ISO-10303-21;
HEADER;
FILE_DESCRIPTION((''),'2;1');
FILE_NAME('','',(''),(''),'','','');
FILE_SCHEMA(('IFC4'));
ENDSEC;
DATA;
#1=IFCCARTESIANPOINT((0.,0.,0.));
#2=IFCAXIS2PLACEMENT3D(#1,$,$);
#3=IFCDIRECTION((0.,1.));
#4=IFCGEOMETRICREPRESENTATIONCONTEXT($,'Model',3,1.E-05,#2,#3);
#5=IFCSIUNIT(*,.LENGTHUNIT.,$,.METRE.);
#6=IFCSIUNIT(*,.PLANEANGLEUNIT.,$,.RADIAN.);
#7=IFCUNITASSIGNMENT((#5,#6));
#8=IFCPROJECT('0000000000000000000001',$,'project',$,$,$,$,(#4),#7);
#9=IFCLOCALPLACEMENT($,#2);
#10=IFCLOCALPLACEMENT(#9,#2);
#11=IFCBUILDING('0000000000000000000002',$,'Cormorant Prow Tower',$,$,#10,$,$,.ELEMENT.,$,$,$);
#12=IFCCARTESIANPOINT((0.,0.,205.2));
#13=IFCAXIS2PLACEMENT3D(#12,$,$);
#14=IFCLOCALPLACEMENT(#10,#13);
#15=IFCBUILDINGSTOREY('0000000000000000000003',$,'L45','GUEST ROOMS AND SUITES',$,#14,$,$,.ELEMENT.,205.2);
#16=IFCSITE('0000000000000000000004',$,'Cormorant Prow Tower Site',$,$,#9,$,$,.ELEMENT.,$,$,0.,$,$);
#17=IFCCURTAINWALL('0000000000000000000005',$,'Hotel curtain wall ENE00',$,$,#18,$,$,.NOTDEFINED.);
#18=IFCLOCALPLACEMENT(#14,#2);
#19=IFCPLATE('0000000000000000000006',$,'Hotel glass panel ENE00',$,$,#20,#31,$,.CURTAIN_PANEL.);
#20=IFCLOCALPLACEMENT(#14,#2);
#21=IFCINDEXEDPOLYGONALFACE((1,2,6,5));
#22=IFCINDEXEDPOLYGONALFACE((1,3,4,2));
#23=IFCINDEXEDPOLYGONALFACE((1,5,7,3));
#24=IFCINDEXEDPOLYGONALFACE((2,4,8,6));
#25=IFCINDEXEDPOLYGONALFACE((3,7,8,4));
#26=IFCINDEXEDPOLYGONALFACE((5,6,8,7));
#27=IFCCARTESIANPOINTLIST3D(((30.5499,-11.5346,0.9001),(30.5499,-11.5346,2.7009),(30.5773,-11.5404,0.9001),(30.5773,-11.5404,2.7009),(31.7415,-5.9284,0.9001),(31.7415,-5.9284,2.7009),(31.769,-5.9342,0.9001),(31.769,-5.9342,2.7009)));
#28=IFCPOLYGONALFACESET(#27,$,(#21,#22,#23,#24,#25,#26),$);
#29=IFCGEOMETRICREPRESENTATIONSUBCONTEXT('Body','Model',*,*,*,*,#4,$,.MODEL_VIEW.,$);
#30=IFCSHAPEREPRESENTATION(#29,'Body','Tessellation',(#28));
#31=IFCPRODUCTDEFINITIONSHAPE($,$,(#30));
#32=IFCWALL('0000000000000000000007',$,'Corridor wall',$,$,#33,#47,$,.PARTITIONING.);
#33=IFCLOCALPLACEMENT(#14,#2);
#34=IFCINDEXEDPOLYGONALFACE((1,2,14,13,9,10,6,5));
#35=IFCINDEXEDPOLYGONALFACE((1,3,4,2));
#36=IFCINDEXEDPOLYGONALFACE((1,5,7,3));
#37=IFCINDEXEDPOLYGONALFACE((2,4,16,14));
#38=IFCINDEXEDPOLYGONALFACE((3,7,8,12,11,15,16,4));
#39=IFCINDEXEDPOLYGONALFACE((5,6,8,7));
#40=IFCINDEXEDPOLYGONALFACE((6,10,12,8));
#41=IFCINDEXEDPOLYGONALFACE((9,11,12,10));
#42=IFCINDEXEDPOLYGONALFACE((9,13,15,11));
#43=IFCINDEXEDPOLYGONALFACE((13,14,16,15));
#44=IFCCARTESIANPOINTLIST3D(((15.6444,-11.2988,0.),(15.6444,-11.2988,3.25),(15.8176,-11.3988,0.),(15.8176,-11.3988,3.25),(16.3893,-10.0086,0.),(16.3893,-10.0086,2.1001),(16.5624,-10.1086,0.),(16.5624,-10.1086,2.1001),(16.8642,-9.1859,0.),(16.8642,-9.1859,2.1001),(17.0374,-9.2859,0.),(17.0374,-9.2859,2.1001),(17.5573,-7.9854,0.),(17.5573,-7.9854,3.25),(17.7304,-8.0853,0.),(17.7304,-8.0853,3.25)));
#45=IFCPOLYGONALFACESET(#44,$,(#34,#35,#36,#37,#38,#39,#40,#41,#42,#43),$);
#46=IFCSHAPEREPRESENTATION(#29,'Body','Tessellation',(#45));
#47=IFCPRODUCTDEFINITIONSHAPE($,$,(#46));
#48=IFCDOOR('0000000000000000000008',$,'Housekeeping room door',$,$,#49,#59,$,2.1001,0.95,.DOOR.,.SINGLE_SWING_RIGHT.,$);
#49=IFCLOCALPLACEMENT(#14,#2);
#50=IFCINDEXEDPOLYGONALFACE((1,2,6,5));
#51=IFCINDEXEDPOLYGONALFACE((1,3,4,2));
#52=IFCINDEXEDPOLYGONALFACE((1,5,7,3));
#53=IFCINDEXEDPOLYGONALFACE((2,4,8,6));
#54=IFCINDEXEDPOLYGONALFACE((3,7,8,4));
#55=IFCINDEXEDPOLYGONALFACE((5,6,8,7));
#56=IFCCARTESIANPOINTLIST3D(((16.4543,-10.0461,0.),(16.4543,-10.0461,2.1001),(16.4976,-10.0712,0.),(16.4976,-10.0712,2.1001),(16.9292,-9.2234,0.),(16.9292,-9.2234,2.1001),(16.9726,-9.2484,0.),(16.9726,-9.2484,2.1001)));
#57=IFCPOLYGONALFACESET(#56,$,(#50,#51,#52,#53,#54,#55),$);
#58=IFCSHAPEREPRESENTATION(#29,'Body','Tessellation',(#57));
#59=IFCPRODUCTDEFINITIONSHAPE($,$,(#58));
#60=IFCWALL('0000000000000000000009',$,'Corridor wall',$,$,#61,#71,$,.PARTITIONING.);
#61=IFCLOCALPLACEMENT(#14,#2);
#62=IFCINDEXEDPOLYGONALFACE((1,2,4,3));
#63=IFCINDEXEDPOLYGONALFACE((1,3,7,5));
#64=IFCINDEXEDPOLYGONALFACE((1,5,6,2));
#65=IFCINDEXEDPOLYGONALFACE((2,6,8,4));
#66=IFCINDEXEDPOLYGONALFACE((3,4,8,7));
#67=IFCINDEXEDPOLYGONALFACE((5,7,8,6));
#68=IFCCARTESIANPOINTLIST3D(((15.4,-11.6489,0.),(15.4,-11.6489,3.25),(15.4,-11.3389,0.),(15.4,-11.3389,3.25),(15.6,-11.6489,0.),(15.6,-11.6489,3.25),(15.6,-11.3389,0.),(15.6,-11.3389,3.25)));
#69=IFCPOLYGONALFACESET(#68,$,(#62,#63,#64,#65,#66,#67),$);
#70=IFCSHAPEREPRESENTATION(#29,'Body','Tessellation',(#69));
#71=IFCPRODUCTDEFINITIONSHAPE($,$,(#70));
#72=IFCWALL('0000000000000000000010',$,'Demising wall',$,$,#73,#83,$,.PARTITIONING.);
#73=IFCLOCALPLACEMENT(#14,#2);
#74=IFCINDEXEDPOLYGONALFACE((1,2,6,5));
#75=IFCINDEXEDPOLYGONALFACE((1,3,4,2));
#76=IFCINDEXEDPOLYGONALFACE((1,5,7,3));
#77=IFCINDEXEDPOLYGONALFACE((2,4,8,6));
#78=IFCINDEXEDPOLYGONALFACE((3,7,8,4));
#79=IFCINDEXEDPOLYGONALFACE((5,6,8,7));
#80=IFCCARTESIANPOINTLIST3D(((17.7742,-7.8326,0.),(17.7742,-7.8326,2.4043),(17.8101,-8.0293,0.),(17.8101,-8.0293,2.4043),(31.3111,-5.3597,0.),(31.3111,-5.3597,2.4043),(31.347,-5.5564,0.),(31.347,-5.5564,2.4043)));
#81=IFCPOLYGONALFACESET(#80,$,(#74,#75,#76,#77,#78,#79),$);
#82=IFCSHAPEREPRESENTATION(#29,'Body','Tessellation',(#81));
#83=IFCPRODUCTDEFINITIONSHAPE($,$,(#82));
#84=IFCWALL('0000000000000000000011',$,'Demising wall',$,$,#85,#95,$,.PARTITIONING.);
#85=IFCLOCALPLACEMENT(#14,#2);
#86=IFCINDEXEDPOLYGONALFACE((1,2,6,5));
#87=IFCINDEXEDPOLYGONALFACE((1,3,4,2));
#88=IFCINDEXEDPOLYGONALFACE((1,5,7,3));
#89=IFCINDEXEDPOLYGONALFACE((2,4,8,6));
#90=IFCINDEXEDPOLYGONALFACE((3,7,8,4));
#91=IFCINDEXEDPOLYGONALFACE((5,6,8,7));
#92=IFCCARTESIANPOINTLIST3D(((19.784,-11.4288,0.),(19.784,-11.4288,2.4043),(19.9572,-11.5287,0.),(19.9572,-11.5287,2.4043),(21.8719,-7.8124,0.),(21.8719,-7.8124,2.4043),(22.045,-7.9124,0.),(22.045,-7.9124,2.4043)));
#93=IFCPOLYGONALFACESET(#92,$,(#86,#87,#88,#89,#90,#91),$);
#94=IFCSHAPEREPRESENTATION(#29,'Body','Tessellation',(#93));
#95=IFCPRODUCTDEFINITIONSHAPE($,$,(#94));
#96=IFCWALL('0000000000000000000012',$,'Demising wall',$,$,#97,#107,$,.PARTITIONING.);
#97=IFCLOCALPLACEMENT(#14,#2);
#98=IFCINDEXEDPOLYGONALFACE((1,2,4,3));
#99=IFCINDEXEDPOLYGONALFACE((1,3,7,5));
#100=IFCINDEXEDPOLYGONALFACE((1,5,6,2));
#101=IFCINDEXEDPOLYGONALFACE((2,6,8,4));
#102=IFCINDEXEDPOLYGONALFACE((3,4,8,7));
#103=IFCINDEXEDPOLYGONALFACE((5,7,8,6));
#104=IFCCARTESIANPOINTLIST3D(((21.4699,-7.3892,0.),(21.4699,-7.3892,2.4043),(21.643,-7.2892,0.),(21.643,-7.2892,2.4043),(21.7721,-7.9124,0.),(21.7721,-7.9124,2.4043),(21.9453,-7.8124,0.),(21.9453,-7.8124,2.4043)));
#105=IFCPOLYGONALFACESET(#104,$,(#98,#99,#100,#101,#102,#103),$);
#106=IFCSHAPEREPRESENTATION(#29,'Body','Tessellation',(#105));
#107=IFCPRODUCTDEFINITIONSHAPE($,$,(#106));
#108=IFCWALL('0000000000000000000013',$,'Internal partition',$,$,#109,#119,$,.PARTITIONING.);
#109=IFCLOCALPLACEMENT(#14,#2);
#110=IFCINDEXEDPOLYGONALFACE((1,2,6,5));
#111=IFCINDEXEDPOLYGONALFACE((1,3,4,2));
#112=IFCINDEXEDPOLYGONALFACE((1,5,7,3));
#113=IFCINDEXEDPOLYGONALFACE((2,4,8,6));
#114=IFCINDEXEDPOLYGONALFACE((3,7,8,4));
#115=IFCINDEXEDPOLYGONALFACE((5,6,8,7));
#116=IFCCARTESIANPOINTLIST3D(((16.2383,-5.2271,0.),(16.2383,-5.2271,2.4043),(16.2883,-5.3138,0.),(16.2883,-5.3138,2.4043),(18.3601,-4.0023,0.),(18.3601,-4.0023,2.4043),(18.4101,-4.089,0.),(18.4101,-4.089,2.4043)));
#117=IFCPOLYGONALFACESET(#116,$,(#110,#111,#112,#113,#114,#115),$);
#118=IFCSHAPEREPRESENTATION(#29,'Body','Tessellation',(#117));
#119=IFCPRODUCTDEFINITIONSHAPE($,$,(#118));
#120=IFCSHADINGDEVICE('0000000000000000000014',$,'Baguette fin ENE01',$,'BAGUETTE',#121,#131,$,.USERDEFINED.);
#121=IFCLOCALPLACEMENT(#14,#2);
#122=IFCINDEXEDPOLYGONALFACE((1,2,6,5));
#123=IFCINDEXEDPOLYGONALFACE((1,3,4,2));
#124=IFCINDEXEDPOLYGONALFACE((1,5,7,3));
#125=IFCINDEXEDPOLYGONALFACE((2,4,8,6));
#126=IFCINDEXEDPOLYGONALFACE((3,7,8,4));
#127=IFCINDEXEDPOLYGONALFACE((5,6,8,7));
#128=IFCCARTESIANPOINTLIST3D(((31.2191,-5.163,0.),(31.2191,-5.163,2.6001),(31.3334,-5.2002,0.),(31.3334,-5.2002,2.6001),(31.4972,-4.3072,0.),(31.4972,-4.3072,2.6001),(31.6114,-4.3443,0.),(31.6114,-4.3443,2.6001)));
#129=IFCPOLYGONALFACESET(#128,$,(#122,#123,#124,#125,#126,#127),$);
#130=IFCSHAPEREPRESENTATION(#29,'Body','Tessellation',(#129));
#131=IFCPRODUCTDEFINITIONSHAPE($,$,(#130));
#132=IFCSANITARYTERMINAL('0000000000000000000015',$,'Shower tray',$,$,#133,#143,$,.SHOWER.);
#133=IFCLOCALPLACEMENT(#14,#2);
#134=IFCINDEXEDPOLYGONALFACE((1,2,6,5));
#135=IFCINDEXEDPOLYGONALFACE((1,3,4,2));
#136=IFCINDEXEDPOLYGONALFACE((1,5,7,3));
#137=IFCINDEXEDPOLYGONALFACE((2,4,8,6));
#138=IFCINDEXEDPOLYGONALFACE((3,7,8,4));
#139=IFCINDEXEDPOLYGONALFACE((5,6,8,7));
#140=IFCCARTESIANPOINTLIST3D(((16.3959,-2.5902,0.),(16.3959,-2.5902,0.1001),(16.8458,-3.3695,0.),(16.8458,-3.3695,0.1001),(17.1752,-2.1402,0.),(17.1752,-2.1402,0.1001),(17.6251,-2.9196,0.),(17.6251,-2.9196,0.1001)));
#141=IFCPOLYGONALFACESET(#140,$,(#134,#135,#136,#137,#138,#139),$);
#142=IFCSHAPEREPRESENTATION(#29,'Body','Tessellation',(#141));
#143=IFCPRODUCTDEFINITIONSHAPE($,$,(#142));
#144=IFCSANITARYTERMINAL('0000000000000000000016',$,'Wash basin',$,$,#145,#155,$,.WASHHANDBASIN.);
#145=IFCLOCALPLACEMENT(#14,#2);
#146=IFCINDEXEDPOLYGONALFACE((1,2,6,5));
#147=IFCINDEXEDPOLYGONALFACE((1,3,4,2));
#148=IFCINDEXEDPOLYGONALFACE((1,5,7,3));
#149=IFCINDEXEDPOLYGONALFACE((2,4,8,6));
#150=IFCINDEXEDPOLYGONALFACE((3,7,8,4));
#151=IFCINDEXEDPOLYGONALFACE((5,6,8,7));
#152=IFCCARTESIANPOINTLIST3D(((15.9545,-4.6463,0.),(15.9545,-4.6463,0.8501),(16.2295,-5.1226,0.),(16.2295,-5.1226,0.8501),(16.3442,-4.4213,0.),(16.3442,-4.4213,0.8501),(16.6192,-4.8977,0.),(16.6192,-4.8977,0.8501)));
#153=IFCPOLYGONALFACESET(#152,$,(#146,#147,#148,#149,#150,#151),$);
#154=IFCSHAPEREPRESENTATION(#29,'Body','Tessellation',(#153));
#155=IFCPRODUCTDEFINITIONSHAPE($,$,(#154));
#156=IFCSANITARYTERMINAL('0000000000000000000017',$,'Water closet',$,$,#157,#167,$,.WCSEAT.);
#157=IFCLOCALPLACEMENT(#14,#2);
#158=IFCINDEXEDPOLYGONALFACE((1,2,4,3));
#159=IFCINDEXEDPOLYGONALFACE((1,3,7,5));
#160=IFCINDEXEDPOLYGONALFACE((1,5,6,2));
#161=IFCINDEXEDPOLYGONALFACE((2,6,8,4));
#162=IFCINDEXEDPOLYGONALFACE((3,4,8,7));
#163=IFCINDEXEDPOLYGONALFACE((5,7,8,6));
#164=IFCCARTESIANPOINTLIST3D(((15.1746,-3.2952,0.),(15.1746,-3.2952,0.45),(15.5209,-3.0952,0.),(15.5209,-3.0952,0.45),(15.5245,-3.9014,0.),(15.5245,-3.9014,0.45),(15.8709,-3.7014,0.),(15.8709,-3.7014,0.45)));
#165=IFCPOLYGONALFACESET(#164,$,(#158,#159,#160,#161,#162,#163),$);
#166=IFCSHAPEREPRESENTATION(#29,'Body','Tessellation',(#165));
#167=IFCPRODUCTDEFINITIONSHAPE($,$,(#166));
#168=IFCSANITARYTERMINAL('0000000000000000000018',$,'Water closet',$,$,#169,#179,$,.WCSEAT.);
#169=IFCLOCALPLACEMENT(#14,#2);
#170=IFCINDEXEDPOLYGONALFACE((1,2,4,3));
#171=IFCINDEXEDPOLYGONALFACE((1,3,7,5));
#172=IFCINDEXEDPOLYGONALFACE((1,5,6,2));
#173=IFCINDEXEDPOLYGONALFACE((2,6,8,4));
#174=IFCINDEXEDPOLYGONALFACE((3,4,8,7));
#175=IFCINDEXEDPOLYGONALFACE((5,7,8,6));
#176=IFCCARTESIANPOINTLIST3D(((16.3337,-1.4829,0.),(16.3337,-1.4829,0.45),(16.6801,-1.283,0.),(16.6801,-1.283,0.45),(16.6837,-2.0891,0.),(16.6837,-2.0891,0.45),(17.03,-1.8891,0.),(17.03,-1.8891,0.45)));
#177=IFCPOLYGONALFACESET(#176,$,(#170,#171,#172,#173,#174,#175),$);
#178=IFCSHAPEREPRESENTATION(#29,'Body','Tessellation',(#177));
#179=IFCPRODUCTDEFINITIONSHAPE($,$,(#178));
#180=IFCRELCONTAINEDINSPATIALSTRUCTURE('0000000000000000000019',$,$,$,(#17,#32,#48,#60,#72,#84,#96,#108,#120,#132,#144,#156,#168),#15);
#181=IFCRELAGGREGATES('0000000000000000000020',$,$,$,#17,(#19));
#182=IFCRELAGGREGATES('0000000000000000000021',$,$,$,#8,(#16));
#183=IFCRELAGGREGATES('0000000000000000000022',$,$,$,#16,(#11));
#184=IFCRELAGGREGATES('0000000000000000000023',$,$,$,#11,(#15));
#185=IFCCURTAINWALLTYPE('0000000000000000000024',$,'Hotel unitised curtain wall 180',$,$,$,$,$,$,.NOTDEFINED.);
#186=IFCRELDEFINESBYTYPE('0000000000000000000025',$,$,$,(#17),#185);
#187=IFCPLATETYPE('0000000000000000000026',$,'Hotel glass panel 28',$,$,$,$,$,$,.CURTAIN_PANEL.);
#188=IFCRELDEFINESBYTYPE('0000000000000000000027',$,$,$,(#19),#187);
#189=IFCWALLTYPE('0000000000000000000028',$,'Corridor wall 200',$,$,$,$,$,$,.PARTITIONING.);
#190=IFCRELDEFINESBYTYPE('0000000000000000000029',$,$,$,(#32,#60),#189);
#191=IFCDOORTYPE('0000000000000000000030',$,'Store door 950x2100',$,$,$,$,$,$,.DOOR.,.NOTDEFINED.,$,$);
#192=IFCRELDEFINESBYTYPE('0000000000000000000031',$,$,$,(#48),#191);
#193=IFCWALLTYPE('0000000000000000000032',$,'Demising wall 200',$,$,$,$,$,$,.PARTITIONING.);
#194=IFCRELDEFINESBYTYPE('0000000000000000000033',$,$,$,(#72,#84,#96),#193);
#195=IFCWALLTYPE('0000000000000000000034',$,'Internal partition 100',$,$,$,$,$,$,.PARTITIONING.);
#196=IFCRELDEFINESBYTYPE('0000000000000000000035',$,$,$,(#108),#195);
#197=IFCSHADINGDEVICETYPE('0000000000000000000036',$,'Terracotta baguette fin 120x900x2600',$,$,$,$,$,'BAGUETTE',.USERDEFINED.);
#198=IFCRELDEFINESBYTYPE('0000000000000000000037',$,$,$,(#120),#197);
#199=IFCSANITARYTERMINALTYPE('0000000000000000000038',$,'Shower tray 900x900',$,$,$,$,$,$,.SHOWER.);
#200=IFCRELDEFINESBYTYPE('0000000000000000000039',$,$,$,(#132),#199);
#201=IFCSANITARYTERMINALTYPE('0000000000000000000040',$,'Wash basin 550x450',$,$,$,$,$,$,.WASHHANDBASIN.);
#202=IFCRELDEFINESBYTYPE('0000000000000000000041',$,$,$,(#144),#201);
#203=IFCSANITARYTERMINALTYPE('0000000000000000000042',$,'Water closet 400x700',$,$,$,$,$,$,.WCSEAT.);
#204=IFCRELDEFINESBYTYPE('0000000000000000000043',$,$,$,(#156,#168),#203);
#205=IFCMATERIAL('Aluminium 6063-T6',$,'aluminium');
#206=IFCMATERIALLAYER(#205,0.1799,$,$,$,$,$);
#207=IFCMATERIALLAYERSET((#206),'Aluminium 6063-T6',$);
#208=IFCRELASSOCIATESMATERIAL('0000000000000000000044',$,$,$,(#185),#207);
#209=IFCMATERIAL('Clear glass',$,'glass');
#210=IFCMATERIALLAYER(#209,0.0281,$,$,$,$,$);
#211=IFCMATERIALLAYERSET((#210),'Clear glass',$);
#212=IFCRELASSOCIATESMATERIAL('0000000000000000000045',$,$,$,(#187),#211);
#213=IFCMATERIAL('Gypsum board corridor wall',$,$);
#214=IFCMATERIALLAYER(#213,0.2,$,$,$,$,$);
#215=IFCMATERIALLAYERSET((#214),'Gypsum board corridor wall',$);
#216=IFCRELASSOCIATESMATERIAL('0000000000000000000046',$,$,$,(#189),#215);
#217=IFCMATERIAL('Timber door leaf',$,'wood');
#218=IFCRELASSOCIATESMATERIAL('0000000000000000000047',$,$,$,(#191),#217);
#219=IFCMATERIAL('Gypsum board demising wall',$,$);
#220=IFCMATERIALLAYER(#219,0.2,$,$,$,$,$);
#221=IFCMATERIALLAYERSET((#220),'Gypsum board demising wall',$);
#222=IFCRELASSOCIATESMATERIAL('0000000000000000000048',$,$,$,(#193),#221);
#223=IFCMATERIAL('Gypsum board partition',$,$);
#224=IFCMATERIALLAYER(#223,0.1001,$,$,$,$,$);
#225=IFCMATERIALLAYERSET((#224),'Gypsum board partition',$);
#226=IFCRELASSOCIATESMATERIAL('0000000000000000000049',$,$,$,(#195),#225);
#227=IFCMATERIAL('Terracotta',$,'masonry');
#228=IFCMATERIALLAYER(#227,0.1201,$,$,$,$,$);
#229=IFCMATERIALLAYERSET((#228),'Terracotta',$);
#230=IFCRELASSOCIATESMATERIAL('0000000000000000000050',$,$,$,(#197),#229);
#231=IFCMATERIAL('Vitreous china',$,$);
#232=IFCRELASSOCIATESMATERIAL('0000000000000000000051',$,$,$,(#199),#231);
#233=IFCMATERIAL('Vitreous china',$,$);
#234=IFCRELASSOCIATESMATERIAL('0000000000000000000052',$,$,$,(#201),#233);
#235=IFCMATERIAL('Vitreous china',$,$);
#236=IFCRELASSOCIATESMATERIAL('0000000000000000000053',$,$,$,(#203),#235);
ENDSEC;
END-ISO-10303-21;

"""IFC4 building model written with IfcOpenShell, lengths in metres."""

from ifc_helpers import new_model, si_unit, direction, frame, frame_2d, origin, origin_2d, place, context, subcontext, project, spatial, rectangle, extrude, material, layer, layer_set, type_object, element, fill, aggregate, save


model = new_model("IFC4")

# Units and contexts
model_context = context("Model", 3, precision=1e-05, world=origin(), true_north=direction((0.0, 1.0)))
body_context = subcontext(model_context, "Body", "Model", "MODEL_VIEW")
ifc_project = project(units=[si_unit("LENGTHUNIT", "METRE"), si_unit("PLANEANGLEUNIT", "RADIAN")], contexts=[model_context])

# Site, building, storey
site_placement = place(None, origin())
site = spatial("IfcSite", under=ifc_project, at=site_placement, Name="Cormorant Prow Tower Site", CompositionType="ELEMENT", RefElevation=0.0)
building_placement = place(site_placement, origin())
building = spatial("IfcBuilding", under=site, at=building_placement, Name="Cormorant Prow Tower", CompositionType="ELEMENT")
storey_placement = place(building_placement, frame((0.0, 0.0, 205.2)))
storey = spatial("IfcBuildingStorey", under=building, at=storey_placement, Name="L45", Description="GUEST ROOMS AND SUITES", CompositionType="ELEMENT", Elevation=205.2)

# Curtain wall
ifc_material_1 = material(Name="Aluminium 6063-T6", Category="aluminium")
ifc_layer_1 = layer(ifc_material_1, 0.1799)
ifc_layer_set_1 = layer_set([ifc_layer_1], Name="Aluminium 6063-T6")
curtain_wall_type = type_object("IfcCurtainWallType", Name="Hotel unitised curtain wall 180", PredefinedType="NOTDEFINED", material=ifc_layer_set_1)
curtain_wall_1_placement = place(storey_placement, origin())
curtain_wall_1 = element("IfcCurtainWall", 1, at=curtain_wall_1_placement, inside=storey, type_object=curtain_wall_type, Name="Hotel curtain wall ENE00", PredefinedType="NOTDEFINED")

# Plate
ifc_material_2 = material(Name="Clear glass", Category="glass")
ifc_layer_2 = layer(ifc_material_2, 0.0281)
ifc_layer_set_2 = layer_set([ifc_layer_2], Name="Clear glass")
plate_type = type_object("IfcPlateType", Name="Hotel glass panel 28", PredefinedType="CURTAIN_PANEL", material=ifc_layer_set_2)
plate_placement = place(storey_placement, frame((31.1594, -8.7344, 0.9001), z_axis=(0.0, 0.0, 1.0), x_axis=(0.207912, 0.978148, 0.0)))
plate = element("IfcPlate", 2, at=plate_placement, type_object=plate_type, Name="Hotel glass panel ENE00", PredefinedType="CURTAIN_PANEL", context=body_context, shape_type="SweptSolid", body=[
    extrude(rectangle(XDim=5.7314, YDim=0.0281, at=origin_2d()), origin(), (0.0, 0.0, 1.0), 1.8008),
])
aggregate(curtain_wall_1, [plate])

# Wall, opening, door
ifc_material_3 = material(Name="Gypsum board corridor wall")
ifc_layer_3 = layer(ifc_material_3, 0.2)
ifc_layer_set_3 = layer_set([ifc_layer_3], Name="Gypsum board corridor wall")
wall_type_1 = type_object("IfcWallType", Name="Corridor wall 200", PredefinedType="PARTITIONING", material=ifc_layer_set_3)
wall_1_placement = place(storey_placement, frame((15.731, -11.3489, 0.0), z_axis=(0.0, 0.0, 1.0), x_axis=(0.499962, 0.866047, 0.0)))
wall_1 = element("IfcWall", 3, at=wall_1_placement, inside=storey, type_object=wall_type_1, Name="Corridor wall", PredefinedType="PARTITIONING", context=body_context, shape_type="SweptSolid", body=[
    extrude(rectangle(XDim=3.8259, YDim=0.2, at=frame_2d((1.9131, 0.0))), origin(), (0.0, 0.0, 1.0), 3.25),
])
opening_1_placement = place(wall_1_placement, frame((1.4897, 0.0, 0.0)))
opening_1 = element("IfcOpeningElement", 4, at=opening_1_placement, cuts=wall_1, PredefinedType="OPENING", context=body_context, shape_type="SweptSolid", body=[
    extrude(rectangle(XDim=0.95, YDim=2.1001, at=frame_2d((0.4751, 1.05))), frame((0.0, 0.1099, 0.0), z_axis=(0.0, -1.0, 0.0), x_axis=(1.0, 0.0, 0.0)), (0.0, 0.0, 1.0), 0.22),
])
ifc_material_4 = material(Name="Timber door leaf", Category="wood")
door_type_1 = type_object("IfcDoorType", Name="Store door 950x2100", OperationType="NOTDEFINED", PredefinedType="DOOR", material=ifc_material_4)
door_1_placement = place(opening_1_placement, origin())
door_1 = element("IfcDoor", 5, at=door_1_placement, inside=storey, type_object=door_type_1, Name="Housekeeping room door", OperationType="SINGLE_SWING_RIGHT", OverallHeight=2.1001, OverallWidth=0.95, PredefinedType="DOOR", context=body_context, shape_type="SweptSolid", body=[
    extrude(rectangle(XDim=0.95, YDim=2.1001, at=frame_2d((0.4751, 1.05))), frame((0.0, 0.0249, 0.0), z_axis=(0.0, -1.0, 0.0), x_axis=(1.0, 0.0, 0.0)), (0.0, 0.0, 1.0), 0.05),
])
fill(opening_1, door_1)

# Walls
wall_2_placement = place(storey_placement, frame((15.5, -11.6489, 0.0), z_axis=(0.0, 0.0, 1.0), x_axis=(0.0, 1.0, 0.0)))
element("IfcWall", 6, at=wall_2_placement, inside=storey, type_object=wall_type_1, Name="Corridor wall", PredefinedType="PARTITIONING", context=body_context, shape_type="SweptSolid", body=[
    extrude(rectangle(XDim=0.3101, YDim=0.2, at=frame_2d((0.155, 0.0))), origin(), (0.0, 0.0, 1.0), 3.25),
])
ifc_material_5 = material(Name="Gypsum board demising wall")
ifc_layer_4 = layer(ifc_material_5, 0.2)
ifc_layer_set_4 = layer_set([ifc_layer_4], Name="Gypsum board demising wall")
wall_type_2 = type_object("IfcWallType", Name="Demising wall 200", PredefinedType="PARTITIONING", material=ifc_layer_set_4)
wall_3_placement = place(storey_placement, frame((17.7922, -7.9309, 0.0), z_axis=(0.0, 0.0, 1.0), x_axis=(0.983721, 0.179705, 0.0)))
element("IfcWall", 7, at=wall_3_placement, inside=storey, type_object=wall_type_2, Name="Demising wall", PredefinedType="PARTITIONING", context=body_context, shape_type="SweptSolid", body=[
    extrude(rectangle(XDim=13.761, YDim=0.2, at=frame_2d((6.8804, 0.0))), origin(), (0.0, 0.0, 1.0), 2.4043),
])
wall_4_placement = place(storey_placement, frame((19.8706, -11.4788, 0.0), z_axis=(0.0, 0.0, 1.0), x_axis=(0.499987, 0.866033, 0.0)))
element("IfcWall", 8, at=wall_4_placement, inside=storey, type_object=wall_type_2, Name="Demising wall", PredefinedType="PARTITIONING", context=body_context, shape_type="SweptSolid", body=[
    extrude(rectangle(XDim=4.1758, YDim=0.2, at=frame_2d((2.0879, 0.0))), origin(), (0.0, 0.0, 1.0), 2.4043),
])
wall_5_placement = place(storey_placement, frame((21.5564, -7.3391, 0.0), z_axis=(0.0, 0.0, 1.0), x_axis=(0.500224, -0.865896, 0.0)))
element("IfcWall", 9, at=wall_5_placement, inside=storey, type_object=wall_type_2, Name="Demising wall", PredefinedType="PARTITIONING", context=body_context, shape_type="SweptSolid", body=[
    extrude(rectangle(XDim=0.6042, YDim=0.2, at=frame_2d((0.3022, 0.0))), origin(), (0.0, 0.0, 1.0), 2.4043),
])
ifc_material_6 = material(Name="Gypsum board partition")
ifc_layer_5 = layer(ifc_material_6, 0.1001)
ifc_layer_set_5 = layer_set([ifc_layer_5], Name="Gypsum board partition")
wall_type_3 = type_object("IfcWallType", Name="Internal partition 100", PredefinedType="PARTITIONING", material=ifc_layer_set_5)
wall_6_placement = place(storey_placement, frame((16.2632, -5.2705, 0.0), z_axis=(0.0, 0.0, 1.0), x_axis=(0.866058, 0.499944, 0.0)))
element("IfcWall", 10, at=wall_6_placement, inside=storey, type_object=wall_type_3, Name="Internal partition", PredefinedType="PARTITIONING", context=body_context, shape_type="SweptSolid", body=[
    extrude(rectangle(XDim=2.45, YDim=0.1001, at=frame_2d((1.2251, 0.0))), origin(), (0.0, 0.0, 1.0), 2.4043),
])

# Shading device
ifc_material_7 = material(Name="Terracotta", Category="masonry")
ifc_layer_6 = layer(ifc_material_7, 0.1201)
ifc_layer_set_6 = layer_set([ifc_layer_6], Name="Terracotta")
shading_device_type = type_object("IfcShadingDeviceType", Name="Terracotta baguette fin 120x900x2600", ElementType="BAGUETTE", PredefinedType="USERDEFINED", material=ifc_layer_set_6)
shading_device_placement = place(storey_placement, frame((31.4153, -4.7537, 0.0), z_axis=(0.0, 0.0, 1.0), x_axis=(-0.951057, 0.309017, 0.0)))
element("IfcShadingDevice", 11, at=shading_device_placement, inside=storey, type_object=shading_device_type, Name="Baguette fin ENE01", ObjectType="BAGUETTE", PredefinedType="USERDEFINED", context=body_context, shape_type="SweptSolid", body=[
    extrude(rectangle(XDim=0.1201, YDim=0.8999, at=origin_2d()), origin(), (0.0, 0.0, 1.0), 2.6001),
])

# Sanitary terminals
ifc_material_8 = material(Name="Vitreous china")
sanitary_terminal_type_1 = type_object("IfcSanitaryTerminalType", Name="Shower tray 900x900", PredefinedType="SHOWER", material=ifc_material_8)
sanitary_terminal_1_placement = place(storey_placement, frame((17.0105, -2.7549, 0.0), z_axis=(0.0, 0.0, 1.0), x_axis=(0.5, -0.866025, 0.0)))
element("IfcSanitaryTerminal", 12, at=sanitary_terminal_1_placement, inside=storey, type_object=sanitary_terminal_type_1, Name="Shower tray", PredefinedType="SHOWER", context=body_context, shape_type="SweptSolid", body=[
    extrude(rectangle(XDim=0.8999, YDim=0.8999, at=origin_2d()), origin(), (0.0, 0.0, 1.0), 0.1001),
])
ifc_material_9 = material(Name="Vitreous china")
sanitary_terminal_type_2 = type_object("IfcSanitaryTerminalType", Name="Wash basin 550x450", PredefinedType="WASHHANDBASIN", material=ifc_material_9)
sanitary_terminal_2_placement = place(storey_placement, frame((16.2869, -4.772, 0.0), z_axis=(0.0, 0.0, 1.0), x_axis=(-0.5, 0.866025, 0.0)))
element("IfcSanitaryTerminal", 13, at=sanitary_terminal_2_placement, inside=storey, type_object=sanitary_terminal_type_2, Name="Wash basin", PredefinedType="WASHHANDBASIN", context=body_context, shape_type="SweptSolid", body=[
    extrude(rectangle(XDim=0.55, YDim=0.45, at=origin_2d()), origin(), (0.0, 0.0, 1.0), 0.8501),
])
ifc_material_10 = material(Name="Vitreous china")
sanitary_terminal_type_3 = type_object("IfcSanitaryTerminalType", Name="Water closet 400x700", PredefinedType="WCSEAT", material=ifc_material_10)
for number, where, z_axis, x_axis, name in (
    (14, (15.5227, -3.4983, 0.0), (0.0, 0.0, 1.0), (0.866025, 0.5, 0.0), "Water closet"),
    (15, (16.6819, -1.686, 0.0), (0.0, 0.0, 1.0), (-0.866025, -0.5, 0.0), "Water closet"),
):
    element("IfcSanitaryTerminal", number, at=place(storey_placement, frame(where, z_axis=z_axis, x_axis=x_axis)), inside=storey, type_object=sanitary_terminal_type_3, Name=name, PredefinedType="WCSEAT", context=body_context, shape_type="SweptSolid", body=[
        extrude(rectangle(XDim=0.3999, YDim=0.7, at=origin_2d()), origin(), (0.0, 0.0, 1.0), 0.45),
    ])

save(model, "model.ifc")
